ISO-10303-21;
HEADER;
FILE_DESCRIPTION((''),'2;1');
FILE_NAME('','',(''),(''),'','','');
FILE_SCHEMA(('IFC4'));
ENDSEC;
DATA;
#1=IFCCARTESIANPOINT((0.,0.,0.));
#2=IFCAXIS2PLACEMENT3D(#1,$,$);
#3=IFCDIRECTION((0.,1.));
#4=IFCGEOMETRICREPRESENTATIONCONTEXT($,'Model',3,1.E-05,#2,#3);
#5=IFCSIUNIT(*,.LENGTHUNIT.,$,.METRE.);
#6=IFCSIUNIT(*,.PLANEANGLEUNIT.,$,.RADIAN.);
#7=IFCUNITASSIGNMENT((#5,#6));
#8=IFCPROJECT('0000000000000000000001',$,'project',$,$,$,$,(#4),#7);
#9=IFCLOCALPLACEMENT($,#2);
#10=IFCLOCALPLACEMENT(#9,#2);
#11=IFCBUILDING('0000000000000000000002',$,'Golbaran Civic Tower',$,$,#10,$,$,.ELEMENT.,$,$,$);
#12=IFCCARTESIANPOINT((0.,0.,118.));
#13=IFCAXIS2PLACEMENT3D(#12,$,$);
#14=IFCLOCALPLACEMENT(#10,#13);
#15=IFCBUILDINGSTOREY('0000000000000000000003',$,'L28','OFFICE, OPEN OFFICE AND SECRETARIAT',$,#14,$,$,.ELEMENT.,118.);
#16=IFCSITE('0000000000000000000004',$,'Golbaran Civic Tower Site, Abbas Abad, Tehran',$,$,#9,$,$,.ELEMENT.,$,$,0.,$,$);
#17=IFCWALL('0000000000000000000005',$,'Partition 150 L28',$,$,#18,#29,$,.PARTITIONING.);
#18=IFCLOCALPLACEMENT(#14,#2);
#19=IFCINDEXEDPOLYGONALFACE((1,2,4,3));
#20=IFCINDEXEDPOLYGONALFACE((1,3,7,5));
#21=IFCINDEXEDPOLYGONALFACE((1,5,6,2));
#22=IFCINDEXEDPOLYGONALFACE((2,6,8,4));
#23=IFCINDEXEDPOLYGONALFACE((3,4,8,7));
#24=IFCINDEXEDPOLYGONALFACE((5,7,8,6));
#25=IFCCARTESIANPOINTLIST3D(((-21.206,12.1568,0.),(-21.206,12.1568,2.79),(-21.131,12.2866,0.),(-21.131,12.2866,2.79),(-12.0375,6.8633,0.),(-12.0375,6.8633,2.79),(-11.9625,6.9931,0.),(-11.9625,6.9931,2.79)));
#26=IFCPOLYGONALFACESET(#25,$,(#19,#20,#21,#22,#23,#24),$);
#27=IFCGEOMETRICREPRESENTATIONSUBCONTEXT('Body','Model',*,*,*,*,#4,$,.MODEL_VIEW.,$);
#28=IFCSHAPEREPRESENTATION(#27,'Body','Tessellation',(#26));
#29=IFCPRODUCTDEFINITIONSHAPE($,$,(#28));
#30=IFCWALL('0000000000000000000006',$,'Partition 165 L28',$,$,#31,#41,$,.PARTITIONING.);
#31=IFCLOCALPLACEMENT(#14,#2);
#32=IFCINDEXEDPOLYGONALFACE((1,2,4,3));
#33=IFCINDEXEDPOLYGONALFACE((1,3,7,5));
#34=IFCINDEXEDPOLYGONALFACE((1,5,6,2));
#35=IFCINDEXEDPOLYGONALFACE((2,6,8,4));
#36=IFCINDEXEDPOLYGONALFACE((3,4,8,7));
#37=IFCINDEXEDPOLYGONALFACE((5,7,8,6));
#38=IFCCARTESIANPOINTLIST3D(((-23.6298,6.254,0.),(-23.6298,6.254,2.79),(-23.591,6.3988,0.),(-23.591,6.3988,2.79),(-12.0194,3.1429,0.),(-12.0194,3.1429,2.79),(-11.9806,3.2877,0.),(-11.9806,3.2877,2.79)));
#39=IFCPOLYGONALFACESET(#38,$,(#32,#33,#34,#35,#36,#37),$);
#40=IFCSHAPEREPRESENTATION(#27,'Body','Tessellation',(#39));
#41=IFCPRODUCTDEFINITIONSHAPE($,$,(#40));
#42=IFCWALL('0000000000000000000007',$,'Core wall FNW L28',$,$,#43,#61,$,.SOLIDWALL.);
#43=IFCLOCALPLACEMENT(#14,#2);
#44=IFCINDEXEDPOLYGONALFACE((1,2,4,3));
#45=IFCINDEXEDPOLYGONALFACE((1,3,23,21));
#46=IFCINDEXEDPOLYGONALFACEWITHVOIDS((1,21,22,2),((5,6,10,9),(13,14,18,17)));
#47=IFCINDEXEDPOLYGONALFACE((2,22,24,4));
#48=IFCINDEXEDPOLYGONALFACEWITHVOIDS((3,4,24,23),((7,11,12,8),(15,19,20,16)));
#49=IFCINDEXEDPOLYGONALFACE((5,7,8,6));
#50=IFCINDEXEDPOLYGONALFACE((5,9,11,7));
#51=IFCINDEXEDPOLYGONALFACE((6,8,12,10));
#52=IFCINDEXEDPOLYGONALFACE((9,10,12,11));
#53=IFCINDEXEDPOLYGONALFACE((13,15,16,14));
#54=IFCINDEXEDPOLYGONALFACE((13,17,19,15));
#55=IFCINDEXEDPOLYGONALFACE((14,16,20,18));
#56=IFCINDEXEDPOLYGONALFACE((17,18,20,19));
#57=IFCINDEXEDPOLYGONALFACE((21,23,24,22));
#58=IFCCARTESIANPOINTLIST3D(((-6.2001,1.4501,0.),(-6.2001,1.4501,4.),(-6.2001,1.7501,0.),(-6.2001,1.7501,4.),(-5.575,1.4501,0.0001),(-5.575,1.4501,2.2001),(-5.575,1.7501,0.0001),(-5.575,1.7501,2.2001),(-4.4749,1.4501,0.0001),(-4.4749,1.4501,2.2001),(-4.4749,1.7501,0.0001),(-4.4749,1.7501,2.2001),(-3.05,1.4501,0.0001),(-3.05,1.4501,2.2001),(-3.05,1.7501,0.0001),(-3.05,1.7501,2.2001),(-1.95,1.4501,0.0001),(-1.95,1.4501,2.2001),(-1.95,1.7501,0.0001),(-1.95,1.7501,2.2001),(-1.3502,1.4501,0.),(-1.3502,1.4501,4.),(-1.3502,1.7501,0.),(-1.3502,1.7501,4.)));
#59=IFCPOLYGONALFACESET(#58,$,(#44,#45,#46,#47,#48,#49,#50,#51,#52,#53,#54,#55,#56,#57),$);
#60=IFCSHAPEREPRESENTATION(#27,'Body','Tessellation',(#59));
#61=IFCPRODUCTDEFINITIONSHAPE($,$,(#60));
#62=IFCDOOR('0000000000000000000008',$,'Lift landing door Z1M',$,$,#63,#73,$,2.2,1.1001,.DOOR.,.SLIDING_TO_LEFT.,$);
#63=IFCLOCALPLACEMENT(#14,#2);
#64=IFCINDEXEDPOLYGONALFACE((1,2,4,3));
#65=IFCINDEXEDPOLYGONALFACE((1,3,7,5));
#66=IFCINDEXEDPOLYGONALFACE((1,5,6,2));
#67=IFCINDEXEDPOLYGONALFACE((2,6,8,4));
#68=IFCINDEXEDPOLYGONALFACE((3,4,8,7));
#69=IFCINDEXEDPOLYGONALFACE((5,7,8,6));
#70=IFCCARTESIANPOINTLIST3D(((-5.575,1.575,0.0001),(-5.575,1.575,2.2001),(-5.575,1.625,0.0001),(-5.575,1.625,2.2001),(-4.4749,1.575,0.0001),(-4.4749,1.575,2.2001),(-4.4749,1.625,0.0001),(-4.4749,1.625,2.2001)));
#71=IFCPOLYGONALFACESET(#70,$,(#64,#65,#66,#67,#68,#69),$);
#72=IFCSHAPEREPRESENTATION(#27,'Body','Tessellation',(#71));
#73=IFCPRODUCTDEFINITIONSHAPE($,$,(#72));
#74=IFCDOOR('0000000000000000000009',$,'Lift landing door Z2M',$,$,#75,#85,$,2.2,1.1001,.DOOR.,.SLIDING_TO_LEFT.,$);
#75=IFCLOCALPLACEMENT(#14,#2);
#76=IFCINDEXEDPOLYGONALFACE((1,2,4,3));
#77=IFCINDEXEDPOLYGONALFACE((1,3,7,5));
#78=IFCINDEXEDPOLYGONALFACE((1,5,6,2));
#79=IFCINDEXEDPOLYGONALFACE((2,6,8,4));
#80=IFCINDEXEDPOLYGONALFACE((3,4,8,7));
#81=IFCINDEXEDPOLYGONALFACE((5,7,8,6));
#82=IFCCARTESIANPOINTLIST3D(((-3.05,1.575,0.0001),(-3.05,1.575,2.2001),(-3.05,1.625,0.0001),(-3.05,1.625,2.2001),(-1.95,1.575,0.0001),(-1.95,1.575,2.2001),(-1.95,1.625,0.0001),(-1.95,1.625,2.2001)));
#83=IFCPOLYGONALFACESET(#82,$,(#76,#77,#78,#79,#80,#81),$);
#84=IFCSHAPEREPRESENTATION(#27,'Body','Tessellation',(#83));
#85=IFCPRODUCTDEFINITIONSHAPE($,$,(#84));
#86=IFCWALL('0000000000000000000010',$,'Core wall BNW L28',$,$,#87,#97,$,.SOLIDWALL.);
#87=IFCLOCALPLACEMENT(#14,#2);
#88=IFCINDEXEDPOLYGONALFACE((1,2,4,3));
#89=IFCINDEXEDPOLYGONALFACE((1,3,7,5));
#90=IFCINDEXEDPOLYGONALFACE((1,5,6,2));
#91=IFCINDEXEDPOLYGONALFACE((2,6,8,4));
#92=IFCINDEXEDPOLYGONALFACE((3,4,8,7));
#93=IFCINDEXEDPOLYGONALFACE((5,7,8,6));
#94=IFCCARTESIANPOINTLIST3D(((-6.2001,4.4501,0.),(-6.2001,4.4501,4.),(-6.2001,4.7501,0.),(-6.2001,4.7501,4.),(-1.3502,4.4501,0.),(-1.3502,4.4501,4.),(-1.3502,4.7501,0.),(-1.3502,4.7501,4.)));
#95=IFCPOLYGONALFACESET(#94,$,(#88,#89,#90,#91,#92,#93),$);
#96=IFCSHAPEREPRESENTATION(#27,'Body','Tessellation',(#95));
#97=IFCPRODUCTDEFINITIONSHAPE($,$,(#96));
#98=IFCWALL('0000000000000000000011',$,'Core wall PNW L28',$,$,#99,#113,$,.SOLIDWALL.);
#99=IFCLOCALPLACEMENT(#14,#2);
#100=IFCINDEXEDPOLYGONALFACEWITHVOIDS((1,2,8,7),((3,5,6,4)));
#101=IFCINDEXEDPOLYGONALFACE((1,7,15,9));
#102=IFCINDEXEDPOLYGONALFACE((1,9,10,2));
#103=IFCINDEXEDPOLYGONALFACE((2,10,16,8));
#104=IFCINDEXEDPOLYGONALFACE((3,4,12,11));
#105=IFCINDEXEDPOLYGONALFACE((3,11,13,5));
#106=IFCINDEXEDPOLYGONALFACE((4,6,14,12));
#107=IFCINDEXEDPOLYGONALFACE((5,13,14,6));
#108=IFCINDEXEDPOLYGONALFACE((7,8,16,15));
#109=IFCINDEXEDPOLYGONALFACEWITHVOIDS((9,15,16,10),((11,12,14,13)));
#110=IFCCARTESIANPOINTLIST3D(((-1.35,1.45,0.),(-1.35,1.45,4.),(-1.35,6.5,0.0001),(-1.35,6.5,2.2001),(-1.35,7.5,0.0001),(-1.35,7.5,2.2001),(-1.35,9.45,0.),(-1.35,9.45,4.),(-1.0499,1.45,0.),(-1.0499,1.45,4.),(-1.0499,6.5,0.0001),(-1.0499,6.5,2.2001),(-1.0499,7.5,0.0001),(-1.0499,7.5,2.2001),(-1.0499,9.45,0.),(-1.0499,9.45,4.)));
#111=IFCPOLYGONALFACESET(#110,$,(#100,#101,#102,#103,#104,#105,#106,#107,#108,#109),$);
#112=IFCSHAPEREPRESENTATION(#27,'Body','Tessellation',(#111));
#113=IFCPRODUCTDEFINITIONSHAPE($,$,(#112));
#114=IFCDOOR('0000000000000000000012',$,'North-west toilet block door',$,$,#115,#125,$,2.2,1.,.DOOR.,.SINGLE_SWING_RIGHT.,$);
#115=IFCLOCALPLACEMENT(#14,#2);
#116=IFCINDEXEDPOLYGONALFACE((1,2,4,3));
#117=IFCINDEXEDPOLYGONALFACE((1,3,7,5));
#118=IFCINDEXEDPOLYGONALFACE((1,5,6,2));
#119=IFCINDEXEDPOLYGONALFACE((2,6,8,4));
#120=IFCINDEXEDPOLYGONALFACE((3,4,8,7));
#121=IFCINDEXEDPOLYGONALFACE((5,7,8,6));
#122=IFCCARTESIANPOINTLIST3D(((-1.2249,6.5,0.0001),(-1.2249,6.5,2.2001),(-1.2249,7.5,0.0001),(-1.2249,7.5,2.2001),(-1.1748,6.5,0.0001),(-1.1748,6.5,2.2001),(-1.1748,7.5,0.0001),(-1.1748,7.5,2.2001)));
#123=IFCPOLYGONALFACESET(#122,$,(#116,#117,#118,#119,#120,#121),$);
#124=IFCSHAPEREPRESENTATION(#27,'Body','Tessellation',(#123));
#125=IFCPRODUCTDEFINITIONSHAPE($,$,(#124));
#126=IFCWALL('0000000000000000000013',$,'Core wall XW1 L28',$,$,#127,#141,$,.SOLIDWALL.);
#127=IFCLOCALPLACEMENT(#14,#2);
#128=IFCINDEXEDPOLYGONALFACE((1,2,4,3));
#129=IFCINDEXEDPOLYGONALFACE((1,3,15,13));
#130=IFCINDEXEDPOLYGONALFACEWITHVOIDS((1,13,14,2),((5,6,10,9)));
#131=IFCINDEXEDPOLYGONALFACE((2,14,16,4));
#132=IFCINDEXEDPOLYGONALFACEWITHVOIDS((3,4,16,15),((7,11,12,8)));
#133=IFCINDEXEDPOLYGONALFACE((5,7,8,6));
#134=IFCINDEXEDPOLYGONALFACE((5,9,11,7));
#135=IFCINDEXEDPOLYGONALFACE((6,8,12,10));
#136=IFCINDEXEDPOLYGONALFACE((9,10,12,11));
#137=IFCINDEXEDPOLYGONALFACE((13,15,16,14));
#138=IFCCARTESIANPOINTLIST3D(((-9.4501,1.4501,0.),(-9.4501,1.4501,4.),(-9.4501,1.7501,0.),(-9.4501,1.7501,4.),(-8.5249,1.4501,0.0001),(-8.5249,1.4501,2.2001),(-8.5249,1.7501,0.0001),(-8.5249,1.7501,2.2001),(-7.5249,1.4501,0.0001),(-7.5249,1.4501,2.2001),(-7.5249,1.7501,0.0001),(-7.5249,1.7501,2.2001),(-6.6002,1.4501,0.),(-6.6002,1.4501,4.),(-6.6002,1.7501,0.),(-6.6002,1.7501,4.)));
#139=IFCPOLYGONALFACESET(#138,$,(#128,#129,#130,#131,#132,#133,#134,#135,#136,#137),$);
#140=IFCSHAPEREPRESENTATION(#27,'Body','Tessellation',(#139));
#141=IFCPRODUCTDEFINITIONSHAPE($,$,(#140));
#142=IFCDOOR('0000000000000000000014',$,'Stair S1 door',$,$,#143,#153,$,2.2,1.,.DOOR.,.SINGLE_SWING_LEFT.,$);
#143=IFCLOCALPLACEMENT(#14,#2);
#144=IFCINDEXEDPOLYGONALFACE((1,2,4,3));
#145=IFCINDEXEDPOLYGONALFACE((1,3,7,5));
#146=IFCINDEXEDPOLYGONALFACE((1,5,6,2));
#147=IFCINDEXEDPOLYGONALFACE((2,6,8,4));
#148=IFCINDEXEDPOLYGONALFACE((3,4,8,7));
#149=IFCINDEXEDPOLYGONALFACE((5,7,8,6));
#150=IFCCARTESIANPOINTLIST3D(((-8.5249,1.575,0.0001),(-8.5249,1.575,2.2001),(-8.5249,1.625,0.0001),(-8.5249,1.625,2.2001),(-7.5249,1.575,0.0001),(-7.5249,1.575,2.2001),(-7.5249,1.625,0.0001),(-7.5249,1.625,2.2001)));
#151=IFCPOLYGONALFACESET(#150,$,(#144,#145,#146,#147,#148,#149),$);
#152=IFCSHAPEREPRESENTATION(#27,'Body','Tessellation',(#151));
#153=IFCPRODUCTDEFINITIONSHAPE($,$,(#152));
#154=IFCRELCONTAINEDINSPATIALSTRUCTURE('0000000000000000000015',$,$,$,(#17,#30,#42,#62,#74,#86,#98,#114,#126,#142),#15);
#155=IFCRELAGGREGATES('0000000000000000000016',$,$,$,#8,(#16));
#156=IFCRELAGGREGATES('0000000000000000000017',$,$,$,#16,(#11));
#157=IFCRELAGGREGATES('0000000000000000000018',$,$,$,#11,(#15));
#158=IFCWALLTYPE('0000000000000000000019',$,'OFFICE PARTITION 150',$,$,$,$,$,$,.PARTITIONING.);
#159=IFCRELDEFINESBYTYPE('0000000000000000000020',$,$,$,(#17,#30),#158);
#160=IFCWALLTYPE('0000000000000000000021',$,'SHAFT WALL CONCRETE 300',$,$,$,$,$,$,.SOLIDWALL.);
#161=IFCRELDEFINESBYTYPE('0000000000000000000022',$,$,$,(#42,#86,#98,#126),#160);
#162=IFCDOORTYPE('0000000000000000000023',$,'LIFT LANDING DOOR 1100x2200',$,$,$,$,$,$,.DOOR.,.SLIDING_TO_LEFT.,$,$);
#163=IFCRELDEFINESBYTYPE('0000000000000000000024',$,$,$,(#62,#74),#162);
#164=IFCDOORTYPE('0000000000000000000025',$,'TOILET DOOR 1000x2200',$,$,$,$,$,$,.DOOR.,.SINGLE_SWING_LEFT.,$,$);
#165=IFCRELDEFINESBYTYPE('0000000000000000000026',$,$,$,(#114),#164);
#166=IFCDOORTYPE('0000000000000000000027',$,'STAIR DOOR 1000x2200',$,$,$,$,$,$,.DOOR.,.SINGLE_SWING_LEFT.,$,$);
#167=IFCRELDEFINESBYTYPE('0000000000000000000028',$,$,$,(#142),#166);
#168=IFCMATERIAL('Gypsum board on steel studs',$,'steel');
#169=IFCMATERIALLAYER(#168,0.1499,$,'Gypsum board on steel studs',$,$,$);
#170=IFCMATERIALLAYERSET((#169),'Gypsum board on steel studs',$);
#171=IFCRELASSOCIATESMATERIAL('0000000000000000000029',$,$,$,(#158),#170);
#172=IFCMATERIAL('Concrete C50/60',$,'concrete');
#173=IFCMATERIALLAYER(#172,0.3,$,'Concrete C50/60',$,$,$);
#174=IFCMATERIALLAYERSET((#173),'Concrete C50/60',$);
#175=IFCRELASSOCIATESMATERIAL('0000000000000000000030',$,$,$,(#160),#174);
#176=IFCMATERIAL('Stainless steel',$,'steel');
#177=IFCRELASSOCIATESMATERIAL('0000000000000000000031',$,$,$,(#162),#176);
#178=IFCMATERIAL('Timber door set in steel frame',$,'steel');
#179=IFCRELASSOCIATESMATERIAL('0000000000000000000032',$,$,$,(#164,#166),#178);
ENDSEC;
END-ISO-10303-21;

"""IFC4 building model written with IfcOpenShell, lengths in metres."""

from ifc_helpers import new_model, si_unit, direction, frame, frame_2d, origin, place, context, subcontext, project, spatial, rectangle, extrude, material, layer, layer_set, type_object, element, fill, save


model = new_model("IFC4")

# Units and contexts
model_context = context("Model", 3, precision=1e-05, world=origin(), true_north=direction((0.0, 1.0)))
body_context = subcontext(model_context, "Body", "Model", "MODEL_VIEW")
ifc_project = project(units=[si_unit("LENGTHUNIT", "METRE"), si_unit("PLANEANGLEUNIT", "RADIAN")], contexts=[model_context])

# Site, building, storey
site_placement = place(None, origin())
site = spatial("IfcSite", under=ifc_project, at=site_placement, Name="Golbaran Civic Tower Site, Abbas Abad, Tehran", CompositionType="ELEMENT", RefElevation=0.0)
building_placement = place(site_placement, origin())
building = spatial("IfcBuilding", under=site, at=building_placement, Name="Golbaran Civic Tower", CompositionType="ELEMENT")
storey_placement = place(building_placement, frame((0.0, 0.0, 118.0)))
storey = spatial("IfcBuildingStorey", under=building, at=storey_placement, Name="L28", Description="OFFICE, OPEN OFFICE AND SECRETARIAT", CompositionType="ELEMENT", Elevation=118.0)

# Shared definitions
ifc_material_1 = material(Name="Concrete C50/60", Category="concrete")
ifc_material_2 = material(Name="Timber door set in steel frame", Category="steel")

# Walls
ifc_material_3 = material(Name="Gypsum board on steel studs", Category="steel")
ifc_layer_1 = layer(ifc_material_3, 0.1499, Name="Gypsum board on steel studs")
ifc_layer_set_1 = layer_set([ifc_layer_1], Name="Gypsum board on steel studs")
wall_type_1 = type_object("IfcWallType", Name="OFFICE PARTITION 150", PredefinedType="PARTITIONING", material=ifc_layer_set_1)
wall_1_placement = place(storey_placement, frame((-12.0, 6.9282, 0.0), z_axis=(0.0, 0.0, 1.0), x_axis=(-0.866024, 0.500003, 0.0)))
element("IfcWall", 1, at=wall_1_placement, inside=storey, type_object=wall_type_1, Name="Partition 150 L28", PredefinedType="PARTITIONING", context=body_context, shape_type="SweptSolid", body=[
    extrude(rectangle(XDim=10.5869, YDim=0.1499, at=frame_2d((5.2935, 0.0))), origin(), (0.0, 0.0, 1.0), 2.79),
])
wall_2_placement = place(storey_placement, frame((-12.0, 3.2153, 0.0), z_axis=(0.0, 0.0, 1.0), x_axis=(-0.965924, 0.258827, 0.0)))
element("IfcWall", 2, at=wall_2_placement, inside=storey, type_object=wall_type_1, Name="Partition 165 L28", PredefinedType="PARTITIONING", context=body_context, shape_type="SweptSolid", body=[
    extrude(rectangle(XDim=12.02, YDim=0.1499, at=frame_2d((6.01, 0.0))), origin(), (0.0, 0.0, 1.0), 2.79),
])

# Wall, openings, doors
ifc_layer_2 = layer(ifc_material_1, 0.3, Name="Concrete C50/60")
ifc_layer_set_2 = layer_set([ifc_layer_2], Name="Concrete C50/60")
wall_type_2 = type_object("IfcWallType", Name="SHAFT WALL CONCRETE 300", PredefinedType="SOLIDWALL", material=ifc_layer_set_2)
wall_3_placement = place(storey_placement, frame((-6.2, 1.6001, 0.0), z_axis=(0.0, 0.0, 1.0), x_axis=(1.0, 0.0, 0.0)))
wall_3 = element("IfcWall", 3, at=wall_3_placement, inside=storey, type_object=wall_type_2, Name="Core wall FNW L28", PredefinedType="SOLIDWALL", context=body_context, shape_type="SweptSolid", body=[
    extrude(rectangle(XDim=4.8499, YDim=0.3, at=frame_2d((2.4248, 0.0))), origin(), (0.0, 0.0, 1.0), 4.0),
])
opening_1_placement = place(wall_3_placement, frame((0.625, 0.0, 0.0)))
opening_1 = element("IfcOpeningElement", 4, at=opening_1_placement, cuts=wall_3, PredefinedType="OPENING", context=body_context, shape_type="SweptSolid", body=[
    extrude(rectangle(XDim=1.1001, YDim=2.2, at=frame_2d((0.55, 1.1001))), frame((0.0, 0.1599, 0.0), z_axis=(0.0, -1.0, 0.0), x_axis=(1.0, 0.0, 0.0)), (0.0, 0.0, 1.0), 0.3201),
])
opening_2_placement = place(wall_3_placement, frame((3.1499, 0.0, 0.0)))
opening_2 = element("IfcOpeningElement", 5, at=opening_2_placement, cuts=wall_3, PredefinedType="OPENING", context=body_context, shape_type="SweptSolid", body=[
    extrude(rectangle(XDim=1.1001, YDim=2.2, at=frame_2d((0.55, 1.1001))), frame((0.0, 0.1599, 0.0), z_axis=(0.0, -1.0, 0.0), x_axis=(1.0, 0.0, 0.0)), (0.0, 0.0, 1.0), 0.3201),
])
ifc_material_4 = material(Name="Stainless steel", Category="steel")
door_type_1 = type_object("IfcDoorType", Name="LIFT LANDING DOOR 1100x2200", OperationType="SLIDING_TO_LEFT", PredefinedType="DOOR", material=ifc_material_4)
door_1_placement = place(opening_1_placement, origin())
door_1 = element("IfcDoor", 6, at=door_1_placement, inside=storey, type_object=door_type_1, Name="Lift landing door Z1M", OperationType="SLIDING_TO_LEFT", OverallHeight=2.2, OverallWidth=1.1001, PredefinedType="DOOR", context=body_context, shape_type="SweptSolid", body=[
    extrude(rectangle(XDim=1.1001, YDim=2.2, at=frame_2d((0.55, 1.1001))), frame((0.0, 0.0249, 0.0), z_axis=(0.0, -1.0, 0.0), x_axis=(1.0, 0.0, 0.0)), (0.0, 0.0, 1.0), 0.05),
])
fill(opening_1, door_1)
door_2_placement = place(opening_2_placement, origin())
door_2 = element("IfcDoor", 7, at=door_2_placement, inside=storey, type_object=door_type_1, Name="Lift landing door Z2M", OperationType="SLIDING_TO_LEFT", OverallHeight=2.2, OverallWidth=1.1001, PredefinedType="DOOR", context=body_context, shape_type="SweptSolid", body=[
    extrude(rectangle(XDim=1.1001, YDim=2.2, at=frame_2d((0.55, 1.1001))), frame((0.0, 0.0249, 0.0), z_axis=(0.0, -1.0, 0.0), x_axis=(1.0, 0.0, 0.0)), (0.0, 0.0, 1.0), 0.05),
])
fill(opening_2, door_2)

# Wall
wall_4_placement = place(storey_placement, frame((-6.2, 4.6001, 0.0), z_axis=(0.0, 0.0, 1.0), x_axis=(1.0, 0.0, 0.0)))
element("IfcWall", 8, at=wall_4_placement, inside=storey, type_object=wall_type_2, Name="Core wall BNW L28", PredefinedType="SOLIDWALL", context=body_context, shape_type="SweptSolid", body=[
    extrude(rectangle(XDim=4.8499, YDim=0.3, at=frame_2d((2.4248, 0.0))), origin(), (0.0, 0.0, 1.0), 4.0),
])

# Walls, openings, doors
wall_5_placement = place(storey_placement, frame((-1.2, 1.45, 0.0), z_axis=(0.0, 0.0, 1.0), x_axis=(0.0, 1.0, 0.0)))
wall_5 = element("IfcWall", 9, at=wall_5_placement, inside=storey, type_object=wall_type_2, Name="Core wall PNW L28", PredefinedType="SOLIDWALL", context=body_context, shape_type="SweptSolid", body=[
    extrude(rectangle(XDim=8.0, YDim=0.3, at=frame_2d((4.0, 0.0))), origin(), (0.0, 0.0, 1.0), 4.0),
])
opening_3_placement = place(wall_5_placement, frame((5.05, 0.0, 0.0)))
opening_3 = element("IfcOpeningElement", 10, at=opening_3_placement, cuts=wall_5, PredefinedType="OPENING", context=body_context, shape_type="SweptSolid", body=[
    extrude(rectangle(XDim=1.0, YDim=2.2, at=frame_2d((0.5, 1.1001))), frame((0.0, 0.1599, 0.0), z_axis=(0.0, -1.0, 0.0), x_axis=(1.0, 0.0, 0.0)), (0.0, 0.0, 1.0), 0.3201),
])
door_type_2 = type_object("IfcDoorType", Name="TOILET DOOR 1000x2200", OperationType="SINGLE_SWING_LEFT", PredefinedType="DOOR", material=ifc_material_2)
door_3_placement = place(opening_3_placement, origin())
door_3 = element("IfcDoor", 11, at=door_3_placement, inside=storey, type_object=door_type_2, Name="North-west toilet block door", OperationType="SINGLE_SWING_RIGHT", OverallHeight=2.2, OverallWidth=1.0, PredefinedType="DOOR", context=body_context, shape_type="SweptSolid", body=[
    extrude(rectangle(XDim=1.0, YDim=2.2, at=frame_2d((0.5, 1.1001))), frame((0.0, 0.0249, 0.0), z_axis=(0.0, -1.0, 0.0), x_axis=(1.0, 0.0, 0.0)), (0.0, 0.0, 1.0), 0.05),
])
fill(opening_3, door_3)
wall_6_placement = place(storey_placement, frame((-9.45, 1.6001, 0.0), z_axis=(0.0, 0.0, 1.0), x_axis=(1.0, 0.0, 0.0)))
wall_6 = element("IfcWall", 12, at=wall_6_placement, inside=storey, type_object=wall_type_2, Name="Core wall XW1 L28", PredefinedType="SOLIDWALL", context=body_context, shape_type="SweptSolid", body=[
    extrude(rectangle(XDim=2.8499, YDim=0.3, at=frame_2d((1.4248, 0.0))), origin(), (0.0, 0.0, 1.0), 4.0),
])
opening_4_placement = place(wall_6_placement, frame((0.925, 0.0, 0.0)))
opening_4 = element("IfcOpeningElement", 13, at=opening_4_placement, cuts=wall_6, PredefinedType="OPENING", context=body_context, shape_type="SweptSolid", body=[
    extrude(rectangle(XDim=1.0, YDim=2.2, at=frame_2d((0.5, 1.1001))), frame((0.0, 0.1599, 0.0), z_axis=(0.0, -1.0, 0.0), x_axis=(1.0, 0.0, 0.0)), (0.0, 0.0, 1.0), 0.3201),
])
door_type_3 = type_object("IfcDoorType", Name="STAIR DOOR 1000x2200", OperationType="SINGLE_SWING_LEFT", PredefinedType="DOOR", material=ifc_material_2)
door_4_placement = place(opening_4_placement, origin())
door_4 = element("IfcDoor", 14, at=door_4_placement, inside=storey, type_object=door_type_3, Name="Stair S1 door", OperationType="SINGLE_SWING_LEFT", OverallHeight=2.2, OverallWidth=1.0, PredefinedType="DOOR", context=body_context, shape_type="SweptSolid", body=[
    extrude(rectangle(XDim=1.0, YDim=2.2, at=frame_2d((0.5, 1.1001))), frame((0.0, 0.0249, 0.0), z_axis=(0.0, -1.0, 0.0), x_axis=(1.0, 0.0, 0.0)), (0.0, 0.0, 1.0), 0.05),
])
fill(opening_4, door_4)

save(model, "model.ifc")
